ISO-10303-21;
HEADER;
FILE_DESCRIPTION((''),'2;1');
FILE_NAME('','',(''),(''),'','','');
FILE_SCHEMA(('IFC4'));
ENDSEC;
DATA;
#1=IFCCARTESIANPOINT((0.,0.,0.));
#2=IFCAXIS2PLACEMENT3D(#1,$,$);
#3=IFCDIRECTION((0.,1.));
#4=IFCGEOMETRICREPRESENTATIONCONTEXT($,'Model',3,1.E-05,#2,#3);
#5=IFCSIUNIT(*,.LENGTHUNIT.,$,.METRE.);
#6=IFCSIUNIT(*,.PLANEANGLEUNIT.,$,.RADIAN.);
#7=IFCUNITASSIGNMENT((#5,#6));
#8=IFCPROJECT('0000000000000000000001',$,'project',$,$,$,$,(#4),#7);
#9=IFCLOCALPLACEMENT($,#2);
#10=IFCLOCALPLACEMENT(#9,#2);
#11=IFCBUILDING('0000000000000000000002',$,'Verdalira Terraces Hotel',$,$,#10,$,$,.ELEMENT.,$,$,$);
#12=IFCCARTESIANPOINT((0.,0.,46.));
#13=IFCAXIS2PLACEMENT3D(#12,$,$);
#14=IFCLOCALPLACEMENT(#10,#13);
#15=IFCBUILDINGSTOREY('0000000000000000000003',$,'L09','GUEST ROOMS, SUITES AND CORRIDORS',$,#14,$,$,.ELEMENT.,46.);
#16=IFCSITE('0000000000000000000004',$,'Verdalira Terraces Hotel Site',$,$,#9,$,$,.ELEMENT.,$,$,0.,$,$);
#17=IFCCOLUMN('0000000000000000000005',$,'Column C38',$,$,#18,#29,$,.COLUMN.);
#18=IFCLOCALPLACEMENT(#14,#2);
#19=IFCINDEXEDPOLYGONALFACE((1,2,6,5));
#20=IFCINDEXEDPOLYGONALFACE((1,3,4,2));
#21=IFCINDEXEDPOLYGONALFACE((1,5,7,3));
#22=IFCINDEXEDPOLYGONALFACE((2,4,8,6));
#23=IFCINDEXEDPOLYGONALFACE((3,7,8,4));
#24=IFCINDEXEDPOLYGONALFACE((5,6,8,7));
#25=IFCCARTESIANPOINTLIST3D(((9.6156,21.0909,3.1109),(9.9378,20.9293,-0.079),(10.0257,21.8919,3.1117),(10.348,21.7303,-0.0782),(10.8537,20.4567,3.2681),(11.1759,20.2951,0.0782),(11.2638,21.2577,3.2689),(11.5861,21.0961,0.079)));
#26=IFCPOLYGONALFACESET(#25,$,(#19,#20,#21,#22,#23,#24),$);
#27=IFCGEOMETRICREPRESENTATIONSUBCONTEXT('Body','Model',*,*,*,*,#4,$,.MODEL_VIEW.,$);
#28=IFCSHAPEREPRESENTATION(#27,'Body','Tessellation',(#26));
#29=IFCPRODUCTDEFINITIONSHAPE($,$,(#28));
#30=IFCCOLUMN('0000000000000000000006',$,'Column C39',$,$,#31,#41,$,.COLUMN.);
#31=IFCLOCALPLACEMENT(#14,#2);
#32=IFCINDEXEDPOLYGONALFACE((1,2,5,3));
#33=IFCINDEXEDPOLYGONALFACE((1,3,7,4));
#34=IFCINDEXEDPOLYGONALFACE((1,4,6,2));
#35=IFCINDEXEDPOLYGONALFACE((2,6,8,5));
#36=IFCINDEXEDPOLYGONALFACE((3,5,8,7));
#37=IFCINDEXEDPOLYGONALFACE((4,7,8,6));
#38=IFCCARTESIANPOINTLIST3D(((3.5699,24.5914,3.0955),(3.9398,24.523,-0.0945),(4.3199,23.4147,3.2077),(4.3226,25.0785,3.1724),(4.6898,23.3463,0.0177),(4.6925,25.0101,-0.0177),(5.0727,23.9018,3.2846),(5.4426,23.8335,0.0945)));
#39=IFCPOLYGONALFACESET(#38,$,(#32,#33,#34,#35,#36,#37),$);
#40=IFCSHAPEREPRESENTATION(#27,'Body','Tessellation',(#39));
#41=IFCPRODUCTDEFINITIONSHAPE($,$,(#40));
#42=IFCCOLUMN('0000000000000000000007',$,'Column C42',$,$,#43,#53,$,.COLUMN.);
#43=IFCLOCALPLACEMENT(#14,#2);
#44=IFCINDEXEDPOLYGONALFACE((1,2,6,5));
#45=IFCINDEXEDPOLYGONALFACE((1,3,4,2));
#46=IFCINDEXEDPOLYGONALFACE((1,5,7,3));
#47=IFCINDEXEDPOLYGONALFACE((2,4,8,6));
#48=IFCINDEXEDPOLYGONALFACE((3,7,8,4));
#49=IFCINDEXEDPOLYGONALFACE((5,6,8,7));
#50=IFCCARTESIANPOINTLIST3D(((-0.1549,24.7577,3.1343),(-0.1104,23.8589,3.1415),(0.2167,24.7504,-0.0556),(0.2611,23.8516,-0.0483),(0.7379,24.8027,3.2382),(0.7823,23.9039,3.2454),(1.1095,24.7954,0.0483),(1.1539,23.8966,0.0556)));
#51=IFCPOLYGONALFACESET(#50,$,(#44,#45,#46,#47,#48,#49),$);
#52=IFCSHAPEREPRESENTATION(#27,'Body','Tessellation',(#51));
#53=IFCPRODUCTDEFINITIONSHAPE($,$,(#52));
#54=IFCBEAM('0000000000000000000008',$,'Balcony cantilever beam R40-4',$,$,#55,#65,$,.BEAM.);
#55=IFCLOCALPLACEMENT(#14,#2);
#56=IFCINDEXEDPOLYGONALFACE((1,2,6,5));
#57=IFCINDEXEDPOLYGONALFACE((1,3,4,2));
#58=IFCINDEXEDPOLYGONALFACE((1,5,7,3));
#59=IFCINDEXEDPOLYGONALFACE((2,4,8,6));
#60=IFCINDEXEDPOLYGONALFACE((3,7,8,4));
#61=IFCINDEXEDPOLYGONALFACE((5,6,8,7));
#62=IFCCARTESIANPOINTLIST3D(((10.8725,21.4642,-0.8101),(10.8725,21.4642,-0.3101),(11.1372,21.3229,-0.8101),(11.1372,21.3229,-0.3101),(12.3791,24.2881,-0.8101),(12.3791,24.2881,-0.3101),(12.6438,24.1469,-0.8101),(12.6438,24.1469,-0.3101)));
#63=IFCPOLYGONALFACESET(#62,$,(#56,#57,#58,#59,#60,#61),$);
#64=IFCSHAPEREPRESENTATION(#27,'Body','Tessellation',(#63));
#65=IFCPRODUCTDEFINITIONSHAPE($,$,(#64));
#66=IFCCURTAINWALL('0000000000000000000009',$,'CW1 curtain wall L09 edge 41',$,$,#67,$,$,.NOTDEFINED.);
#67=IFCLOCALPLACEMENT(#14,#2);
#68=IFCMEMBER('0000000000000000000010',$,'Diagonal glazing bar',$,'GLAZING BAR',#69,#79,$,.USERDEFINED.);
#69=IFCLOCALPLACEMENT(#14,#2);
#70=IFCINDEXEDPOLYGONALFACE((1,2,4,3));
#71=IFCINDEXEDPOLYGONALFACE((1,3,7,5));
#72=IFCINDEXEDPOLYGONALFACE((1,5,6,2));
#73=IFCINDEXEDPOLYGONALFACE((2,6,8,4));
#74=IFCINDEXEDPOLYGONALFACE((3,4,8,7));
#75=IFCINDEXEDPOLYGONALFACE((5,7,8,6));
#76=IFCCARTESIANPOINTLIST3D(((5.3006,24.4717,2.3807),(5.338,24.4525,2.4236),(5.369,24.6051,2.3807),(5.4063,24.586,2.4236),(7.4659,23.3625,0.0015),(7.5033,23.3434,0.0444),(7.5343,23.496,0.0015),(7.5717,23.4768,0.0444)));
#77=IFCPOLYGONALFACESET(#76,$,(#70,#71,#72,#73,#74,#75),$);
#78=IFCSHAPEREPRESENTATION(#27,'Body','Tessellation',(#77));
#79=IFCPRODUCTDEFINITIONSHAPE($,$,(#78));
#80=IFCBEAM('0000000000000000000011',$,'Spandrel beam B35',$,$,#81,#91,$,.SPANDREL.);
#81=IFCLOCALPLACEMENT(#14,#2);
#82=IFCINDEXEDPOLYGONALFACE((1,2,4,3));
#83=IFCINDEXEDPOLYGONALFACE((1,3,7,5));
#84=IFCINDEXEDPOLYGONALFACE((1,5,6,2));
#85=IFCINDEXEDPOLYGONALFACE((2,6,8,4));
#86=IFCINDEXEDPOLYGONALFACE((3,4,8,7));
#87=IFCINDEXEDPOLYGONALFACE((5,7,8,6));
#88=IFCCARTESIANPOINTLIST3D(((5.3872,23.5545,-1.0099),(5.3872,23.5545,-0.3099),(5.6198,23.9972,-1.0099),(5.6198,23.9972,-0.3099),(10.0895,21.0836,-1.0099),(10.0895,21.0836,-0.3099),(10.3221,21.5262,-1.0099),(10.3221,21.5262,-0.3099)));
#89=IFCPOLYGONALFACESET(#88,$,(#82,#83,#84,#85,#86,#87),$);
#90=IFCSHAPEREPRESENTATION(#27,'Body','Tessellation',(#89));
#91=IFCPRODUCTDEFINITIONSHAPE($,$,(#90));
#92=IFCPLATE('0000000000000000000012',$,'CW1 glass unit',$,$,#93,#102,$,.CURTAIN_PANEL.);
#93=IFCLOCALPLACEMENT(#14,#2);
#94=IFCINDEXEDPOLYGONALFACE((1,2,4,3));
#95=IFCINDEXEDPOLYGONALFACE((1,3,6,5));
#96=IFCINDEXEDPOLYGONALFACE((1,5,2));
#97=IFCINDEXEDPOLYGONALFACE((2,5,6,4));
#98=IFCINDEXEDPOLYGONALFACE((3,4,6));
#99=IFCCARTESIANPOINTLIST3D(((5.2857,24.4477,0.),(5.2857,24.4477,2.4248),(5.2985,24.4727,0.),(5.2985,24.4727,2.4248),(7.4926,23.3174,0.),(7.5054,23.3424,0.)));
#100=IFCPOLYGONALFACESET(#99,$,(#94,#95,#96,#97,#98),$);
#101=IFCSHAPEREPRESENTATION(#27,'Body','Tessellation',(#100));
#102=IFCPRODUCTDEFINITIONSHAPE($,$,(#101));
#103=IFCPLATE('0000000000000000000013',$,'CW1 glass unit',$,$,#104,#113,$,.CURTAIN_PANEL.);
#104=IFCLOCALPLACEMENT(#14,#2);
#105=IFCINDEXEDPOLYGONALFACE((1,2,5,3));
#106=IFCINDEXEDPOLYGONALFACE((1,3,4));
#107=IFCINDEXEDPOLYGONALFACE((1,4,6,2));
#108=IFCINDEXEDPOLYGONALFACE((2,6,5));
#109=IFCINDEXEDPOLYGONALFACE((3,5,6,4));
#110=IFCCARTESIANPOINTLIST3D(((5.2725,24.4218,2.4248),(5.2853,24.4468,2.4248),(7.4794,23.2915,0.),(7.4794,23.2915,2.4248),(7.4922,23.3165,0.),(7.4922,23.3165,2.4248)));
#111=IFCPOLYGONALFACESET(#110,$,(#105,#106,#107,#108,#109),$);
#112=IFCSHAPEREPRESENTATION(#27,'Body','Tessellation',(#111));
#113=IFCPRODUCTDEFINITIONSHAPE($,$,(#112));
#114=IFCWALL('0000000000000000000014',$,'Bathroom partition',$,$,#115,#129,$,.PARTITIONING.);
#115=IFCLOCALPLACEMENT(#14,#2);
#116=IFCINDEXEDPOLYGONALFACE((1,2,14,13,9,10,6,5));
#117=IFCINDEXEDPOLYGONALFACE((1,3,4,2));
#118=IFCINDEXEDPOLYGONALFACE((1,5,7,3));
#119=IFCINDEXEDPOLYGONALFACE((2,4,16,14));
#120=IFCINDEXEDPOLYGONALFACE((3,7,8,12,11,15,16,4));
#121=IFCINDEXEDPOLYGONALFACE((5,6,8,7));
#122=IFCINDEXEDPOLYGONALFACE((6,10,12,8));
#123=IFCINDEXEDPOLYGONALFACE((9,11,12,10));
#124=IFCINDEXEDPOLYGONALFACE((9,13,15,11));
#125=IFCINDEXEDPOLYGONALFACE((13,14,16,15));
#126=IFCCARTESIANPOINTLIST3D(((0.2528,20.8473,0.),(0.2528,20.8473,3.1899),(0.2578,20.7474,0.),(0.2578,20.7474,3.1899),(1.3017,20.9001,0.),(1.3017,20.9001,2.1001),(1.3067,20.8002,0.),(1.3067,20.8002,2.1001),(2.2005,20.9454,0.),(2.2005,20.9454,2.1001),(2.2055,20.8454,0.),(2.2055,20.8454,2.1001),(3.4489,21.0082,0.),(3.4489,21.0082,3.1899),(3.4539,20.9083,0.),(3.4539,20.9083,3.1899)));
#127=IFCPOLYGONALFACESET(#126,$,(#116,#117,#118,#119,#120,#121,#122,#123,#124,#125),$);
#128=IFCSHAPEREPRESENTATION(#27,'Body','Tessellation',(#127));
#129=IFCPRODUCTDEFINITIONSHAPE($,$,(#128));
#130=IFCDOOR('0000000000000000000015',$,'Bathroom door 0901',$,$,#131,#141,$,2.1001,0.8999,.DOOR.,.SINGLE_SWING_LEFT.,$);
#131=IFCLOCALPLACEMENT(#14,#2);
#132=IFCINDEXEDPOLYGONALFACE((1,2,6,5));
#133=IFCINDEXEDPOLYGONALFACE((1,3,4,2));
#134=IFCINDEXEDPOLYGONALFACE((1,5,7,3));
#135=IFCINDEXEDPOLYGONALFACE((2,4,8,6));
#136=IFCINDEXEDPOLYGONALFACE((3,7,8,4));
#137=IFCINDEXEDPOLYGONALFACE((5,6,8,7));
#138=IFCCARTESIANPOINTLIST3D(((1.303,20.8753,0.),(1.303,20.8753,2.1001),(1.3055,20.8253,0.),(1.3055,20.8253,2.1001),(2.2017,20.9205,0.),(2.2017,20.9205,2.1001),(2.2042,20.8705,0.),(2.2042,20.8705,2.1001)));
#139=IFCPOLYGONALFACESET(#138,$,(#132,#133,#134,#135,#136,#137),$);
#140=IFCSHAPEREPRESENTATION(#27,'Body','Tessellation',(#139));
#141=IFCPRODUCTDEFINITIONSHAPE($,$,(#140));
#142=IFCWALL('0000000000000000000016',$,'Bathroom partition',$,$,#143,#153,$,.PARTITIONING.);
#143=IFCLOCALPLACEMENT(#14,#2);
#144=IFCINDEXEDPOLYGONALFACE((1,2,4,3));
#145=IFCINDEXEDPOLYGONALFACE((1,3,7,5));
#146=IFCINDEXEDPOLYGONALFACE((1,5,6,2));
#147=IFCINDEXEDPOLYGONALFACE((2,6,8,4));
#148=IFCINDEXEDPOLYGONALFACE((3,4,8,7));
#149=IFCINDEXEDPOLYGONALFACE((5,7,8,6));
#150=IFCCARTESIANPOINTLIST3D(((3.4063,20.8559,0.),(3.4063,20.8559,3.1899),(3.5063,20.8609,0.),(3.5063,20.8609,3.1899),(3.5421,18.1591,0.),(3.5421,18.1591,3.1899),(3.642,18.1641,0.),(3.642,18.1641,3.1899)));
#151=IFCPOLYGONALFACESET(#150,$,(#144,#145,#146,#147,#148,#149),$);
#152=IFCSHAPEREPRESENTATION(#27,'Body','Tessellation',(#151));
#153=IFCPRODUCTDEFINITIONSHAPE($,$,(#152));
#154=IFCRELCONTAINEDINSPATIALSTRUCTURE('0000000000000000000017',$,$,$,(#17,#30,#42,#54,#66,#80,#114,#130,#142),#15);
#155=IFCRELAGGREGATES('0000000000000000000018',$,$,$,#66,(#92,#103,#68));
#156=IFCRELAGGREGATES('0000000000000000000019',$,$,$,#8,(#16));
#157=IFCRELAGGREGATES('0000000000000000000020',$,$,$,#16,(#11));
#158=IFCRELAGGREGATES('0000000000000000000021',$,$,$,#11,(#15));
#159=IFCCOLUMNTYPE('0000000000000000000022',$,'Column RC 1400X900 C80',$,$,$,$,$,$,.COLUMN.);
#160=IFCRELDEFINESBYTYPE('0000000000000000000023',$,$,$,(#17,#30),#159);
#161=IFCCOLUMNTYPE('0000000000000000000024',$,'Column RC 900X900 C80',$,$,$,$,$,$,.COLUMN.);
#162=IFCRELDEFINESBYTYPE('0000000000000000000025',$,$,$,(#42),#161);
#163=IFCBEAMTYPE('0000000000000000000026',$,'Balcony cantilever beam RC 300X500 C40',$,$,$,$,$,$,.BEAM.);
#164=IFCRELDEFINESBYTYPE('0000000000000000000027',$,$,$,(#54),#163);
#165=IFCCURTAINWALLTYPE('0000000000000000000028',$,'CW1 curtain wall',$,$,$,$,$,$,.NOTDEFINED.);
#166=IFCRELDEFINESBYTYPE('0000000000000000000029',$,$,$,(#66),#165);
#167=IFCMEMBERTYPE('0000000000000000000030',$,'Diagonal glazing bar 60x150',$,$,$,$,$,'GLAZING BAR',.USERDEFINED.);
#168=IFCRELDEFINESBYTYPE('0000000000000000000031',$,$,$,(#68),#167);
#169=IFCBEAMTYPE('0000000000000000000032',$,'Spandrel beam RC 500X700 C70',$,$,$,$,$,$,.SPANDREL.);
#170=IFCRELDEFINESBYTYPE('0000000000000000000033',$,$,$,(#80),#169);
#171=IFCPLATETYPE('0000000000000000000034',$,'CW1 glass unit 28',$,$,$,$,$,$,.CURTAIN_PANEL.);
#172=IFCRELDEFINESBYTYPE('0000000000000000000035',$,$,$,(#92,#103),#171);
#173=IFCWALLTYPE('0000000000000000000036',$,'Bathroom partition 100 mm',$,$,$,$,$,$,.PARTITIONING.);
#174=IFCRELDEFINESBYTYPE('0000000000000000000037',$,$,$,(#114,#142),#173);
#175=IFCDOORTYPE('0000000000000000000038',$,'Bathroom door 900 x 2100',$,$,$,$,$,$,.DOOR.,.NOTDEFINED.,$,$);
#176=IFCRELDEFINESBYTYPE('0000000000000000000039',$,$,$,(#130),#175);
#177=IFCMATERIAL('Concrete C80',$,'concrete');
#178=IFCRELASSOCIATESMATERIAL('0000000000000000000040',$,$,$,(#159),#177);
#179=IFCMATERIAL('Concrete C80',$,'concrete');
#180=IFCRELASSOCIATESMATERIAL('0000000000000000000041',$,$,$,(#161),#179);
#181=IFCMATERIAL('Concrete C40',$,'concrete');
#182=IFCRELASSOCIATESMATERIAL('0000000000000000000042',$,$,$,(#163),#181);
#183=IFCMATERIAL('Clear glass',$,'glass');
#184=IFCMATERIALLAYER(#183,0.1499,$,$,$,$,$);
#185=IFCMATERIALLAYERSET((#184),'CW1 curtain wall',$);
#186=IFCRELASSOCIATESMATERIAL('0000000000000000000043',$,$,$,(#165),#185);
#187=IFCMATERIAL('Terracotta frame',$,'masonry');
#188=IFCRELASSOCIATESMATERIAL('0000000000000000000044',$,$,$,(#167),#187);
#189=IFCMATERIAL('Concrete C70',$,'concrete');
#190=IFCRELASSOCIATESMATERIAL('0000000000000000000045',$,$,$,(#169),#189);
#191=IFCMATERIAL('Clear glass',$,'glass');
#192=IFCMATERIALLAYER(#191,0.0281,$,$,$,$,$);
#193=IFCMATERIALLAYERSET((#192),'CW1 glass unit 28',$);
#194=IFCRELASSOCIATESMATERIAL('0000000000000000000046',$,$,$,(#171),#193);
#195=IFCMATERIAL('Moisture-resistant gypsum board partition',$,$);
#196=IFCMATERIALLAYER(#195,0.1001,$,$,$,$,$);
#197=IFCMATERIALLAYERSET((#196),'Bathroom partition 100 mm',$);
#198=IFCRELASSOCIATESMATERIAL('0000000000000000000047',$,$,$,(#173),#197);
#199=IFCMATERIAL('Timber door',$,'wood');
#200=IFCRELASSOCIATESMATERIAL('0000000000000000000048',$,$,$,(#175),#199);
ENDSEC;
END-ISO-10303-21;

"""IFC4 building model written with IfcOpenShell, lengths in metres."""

from ifc_helpers import new_model, si_unit, direction, frame, frame_2d, origin, origin_2d, place, context, subcontext, project, spatial, polyline, rectangle, outline, extrude, material, layer, layer_set, material_profile, profile_set, type_object, element, fill, aggregate, save


model = new_model("IFC4")

# Units and contexts
model_context = context("Model", 3, precision=1e-05, world=origin(), true_north=direction((0.0, 1.0)))
body_context = subcontext(model_context, "Body", "Model", "MODEL_VIEW")
ifc_project = project(units=[si_unit("LENGTHUNIT", "METRE"), si_unit("PLANEANGLEUNIT", "RADIAN")], contexts=[model_context])

# Site, building, storey
site_placement = place(None, origin())
site = spatial("IfcSite", under=ifc_project, at=site_placement, Name="Verdalira Terraces Hotel Site", CompositionType="ELEMENT", RefElevation=0.0)
building_placement = place(site_placement, origin())
building = spatial("IfcBuilding", under=site, at=building_placement, Name="Verdalira Terraces Hotel", CompositionType="ELEMENT")
storey_placement = place(building_placement, frame((0.0, 0.0, 46.0)))
storey = spatial("IfcBuildingStorey", under=building, at=storey_placement, Name="L09", Description="GUEST ROOMS, SUITES AND CORRIDORS", CompositionType="ELEMENT", Elevation=46.0)

# Columns
ifc_material_1 = material(Name="Concrete C80", Category="concrete")
ifc_material_profile_1 = material_profile(ifc_material_1, rectangle(XDim=1.3999, YDim=0.8999, at=origin_2d()), Name="RC 1400X900")
ifc_profile_set_1 = profile_set([ifc_material_profile_1], Name="Concrete C80")
column_type_1 = type_object("IfcColumnType", Name="Column RC 1400X900 C80", PredefinedType="COLUMN", material=ifc_profile_set_1)
column_1_placement = place(storey_placement, frame((10.762, 21.0127, 0.0), z_axis=(-0.100386, 0.050345, 0.993674), x_axis=(-0.884419, 0.452982, -0.1123)))
element("IfcColumn", 1, at=column_1_placement, inside=storey, type_object=column_type_1, Name="Column C38", PredefinedType="COLUMN", context=body_context, shape_type="SweptSolid", body=[
    extrude(rectangle(XDim=1.3999, YDim=0.8999, at=origin_2d()), origin(), (0.0, 0.0, 1.0), 3.2102),
])
column_2_placement = place(storey_placement, frame((4.6912, 24.1782, 0.0), z_axis=(-0.115152, 0.021282, 0.99312), x_axis=(0.535783, -0.840544, 0.080136)))
element("IfcColumn", 2, at=column_2_placement, inside=storey, type_object=column_type_1, Name="Column C39", PredefinedType="COLUMN", context=body_context, shape_type="SweptSolid", body=[
    extrude(rectangle(XDim=1.3999, YDim=0.8999, at=origin_2d()), origin(), (0.0, 0.0, 1.0), 3.2122),
])
ifc_material_2 = material(Name="Concrete C80", Category="concrete")
ifc_material_profile_2 = material_profile(ifc_material_2, rectangle(XDim=0.8999, YDim=0.8999, at=origin_2d()), Name="RC 900X900")
ifc_profile_set_2 = profile_set([ifc_material_profile_2], Name="Concrete C80")
column_type_2 = type_object("IfcColumnType", Name="Column RC 900X900 C80", PredefinedType="COLUMN", material=ifc_profile_set_2)
column_3_placement = place(storey_placement, frame((0.6853, 24.3235, 0.0), z_axis=(-0.115703, 0.002281, 0.993281), x_axis=(-0.049385, 0.998747, -0.008046)))
element("IfcColumn", 3, at=column_3_placement, inside=storey, type_object=column_type_2, Name="Column C42", PredefinedType="COLUMN", context=body_context, shape_type="SweptSolid", body=[
    extrude(rectangle(XDim=0.8999, YDim=0.8999, at=origin_2d()), origin(), (0.0, 0.0, 1.0), 3.2114),
])

# Beam
ifc_material_3 = material(Name="Concrete C40", Category="concrete")
ifc_material_profile_3 = material_profile(ifc_material_3, rectangle(XDim=0.3, YDim=0.5, at=origin_2d()), Name="RC 300X500")
ifc_profile_set_3 = profile_set([ifc_material_profile_3], Name="Concrete C40")
beam_type_1 = type_object("IfcBeamType", Name="Balcony cantilever beam RC 300X500 C40", PredefinedType="BEAM", material=ifc_profile_set_3)
beam_1_placement = place(storey_placement, frame((11.0049, 21.3936, -0.5601), z_axis=(0.470703, 0.882292, 0.0), x_axis=(-0.882292, 0.470703, 0.0)))
element("IfcBeam", 4, at=beam_1_placement, inside=storey, type_object=beam_type_1, Name="Balcony cantilever beam R40-4", PredefinedType="BEAM", context=body_context, shape_type="SweptSolid", body=[
    extrude(rectangle(XDim=0.3, YDim=0.5, at=origin_2d()), origin(), (0.0, 0.0, 1.0), 3.2007),
])

# Curtain wall, member
ifc_material_4 = material(Name="Clear glass", Category="glass")
ifc_layer_1 = layer(ifc_material_4, 0.1499)
ifc_layer_set_1 = layer_set([ifc_layer_1], Name="CW1 curtain wall")
curtain_wall_type = type_object("IfcCurtainWallType", Name="CW1 curtain wall", PredefinedType="NOTDEFINED", material=ifc_layer_set_1)
curtain_wall_placement = place(storey_placement, origin())
curtain_wall = element("IfcCurtainWall", 5, at=curtain_wall_placement, inside=storey, type_object=curtain_wall_type, Name="CW1 curtain wall L09 edge 41", PredefinedType="NOTDEFINED")
ifc_material_5 = material(Name="Terracotta frame", Category="masonry")
ifc_material_profile_4 = material_profile(ifc_material_5, rectangle(XDim=0.1499, YDim=0.0601, at=origin_2d()), Name="GB 60x150")
ifc_profile_set_4 = profile_set([ifc_material_profile_4], Name="Terracotta frame")
member_type = type_object("IfcMemberType", Name="Diagonal glazing bar 60x150", ElementType="GLAZING BAR", PredefinedType="USERDEFINED", material=ifc_profile_set_4)
member_placement = place(storey_placement, frame((7.5188, 23.4197, 0.0229), z_axis=(-0.636326, 0.325947, 0.699176), x_axis=(-0.455903, -0.890029, 0.0)))
member = element("IfcMember", 6, at=member_placement, type_object=member_type, Name="Diagonal glazing bar", ObjectType="GLAZING BAR", PredefinedType="USERDEFINED", context=body_context, shape_type="SweptSolid", body=[
    extrude(rectangle(XDim=0.1499, YDim=0.0601, at=origin_2d()), origin(), (0.0, 0.0, 1.0), 3.4028),
])

# Beam
ifc_material_6 = material(Name="Concrete C70", Category="concrete")
ifc_material_profile_5 = material_profile(ifc_material_6, rectangle(XDim=0.5, YDim=0.7, at=origin_2d()), Name="RC 500X700")
ifc_profile_set_5 = profile_set([ifc_material_profile_5], Name="Concrete C70")
beam_type_2 = type_object("IfcBeamType", Name="Spandrel beam RC 500X700 C70", PredefinedType="SPANDREL", material=ifc_profile_set_5)
beam_2_placement = place(storey_placement, frame((10.2058, 21.3049, -0.6599), z_axis=(-0.885228, 0.465157, 0.0), x_axis=(-0.465157, -0.885228, 0.0)))
element("IfcBeam", 7, at=beam_2_placement, inside=storey, type_object=beam_type_2, Name="Spandrel beam B35", PredefinedType="SPANDREL", context=body_context, shape_type="SweptSolid", body=[
    extrude(rectangle(XDim=0.5, YDim=0.7, at=origin_2d()), origin(), (0.0, 0.0, 1.0), 5.312),
])

# Plates
ifc_material_7 = material(Name="Clear glass", Category="glass")
ifc_layer_2 = layer(ifc_material_7, 0.0281)
ifc_layer_set_2 = layer_set([ifc_layer_2], Name="CW1 glass unit 28")
plate_type = type_object("IfcPlateType", Name="CW1 glass unit 28", PredefinedType="CURTAIN_PANEL", material=ifc_layer_set_2)
plate_1_placement = place(storey_placement, frame((6.3892, 23.8826, 1.2124), z_axis=(0.455856, 0.890054, 0.0), x_axis=(-0.890054, 0.455856, 0.0)))
plate_1 = element("IfcPlate", 8, at=plate_1_placement, type_object=plate_type, Name="CW1 glass unit", PredefinedType="CURTAIN_PANEL", context=body_context, shape_type="SweptSolid", body=[
    extrude(outline(polyline([(-1.2397, -1.2124), (1.2397, -1.2124), (1.2397, 1.2124), (-1.2397, -1.2124)])), origin(), (0.0, 0.0, 1.0), 0.0281),
])
plate_2_placement = place(storey_placement, frame((6.376, 23.8567, 1.2124), z_axis=(0.455856, 0.890054, 0.0), x_axis=(-0.890054, 0.455856, 0.0)))
plate_2 = element("IfcPlate", 9, at=plate_2_placement, type_object=plate_type, Name="CW1 glass unit", PredefinedType="CURTAIN_PANEL", context=body_context, shape_type="SweptSolid", body=[
    extrude(outline(polyline([(-1.2397, -1.2124), (1.2397, 1.2124), (-1.2397, 1.2124), (-1.2397, -1.2124)])), origin(), (0.0, 0.0, 1.0), 0.0281),
])
aggregate(curtain_wall, [plate_1, plate_2, member])

# Wall, opening, door
ifc_material_8 = material(Name="Moisture-resistant gypsum board partition")
ifc_layer_3 = layer(ifc_material_8, 0.1001)
ifc_layer_set_3 = layer_set([ifc_layer_3], Name="Bathroom partition 100 mm")
wall_type_1 = type_object("IfcWallType", Name="Bathroom partition 100 mm", PredefinedType="PARTITIONING", material=ifc_layer_set_3)
wall_1_placement = place(storey_placement, frame((3.4514, 20.9583, 0.0), z_axis=(0.0, 0.0, 1.0), x_axis=(-0.998735, -0.050276, 0.0)))
wall_1 = element("IfcWall", 10, at=wall_1_placement, inside=storey, type_object=wall_type_1, Name="Bathroom partition", PredefinedType="PARTITIONING", context=body_context, shape_type="SweptSolid", body=[
    extrude(rectangle(XDim=3.2002, YDim=0.1001, at=frame_2d((1.6001, 0.0))), origin(), (0.0, 0.0, 1.0), 3.1899),
])
opening_1_placement = place(wall_1_placement, frame((1.25, 0.0, 0.0)))
opening_1 = element("IfcOpeningElement", 11, at=opening_1_placement, cuts=wall_1, PredefinedType="OPENING", context=body_context, shape_type="SweptSolid", body=[
    extrude(rectangle(XDim=0.8999, YDim=2.1001, at=frame_2d((0.45, 1.05))), frame((0.0, 0.0601, 0.0), z_axis=(0.0, -1.0, 0.0), x_axis=(1.0, 0.0, 0.0)), (0.0, 0.0, 1.0), 0.1201),
])
ifc_material_9 = material(Name="Timber door", Category="wood")
door_type_1 = type_object("IfcDoorType", Name="Bathroom door 900 x 2100", OperationType="NOTDEFINED", PredefinedType="DOOR", material=ifc_material_9)
door_1_placement = place(opening_1_placement, origin())
door_1 = element("IfcDoor", 12, at=door_1_placement, inside=storey, type_object=door_type_1, Name="Bathroom door 0901", OperationType="SINGLE_SWING_LEFT", OverallHeight=2.1001, OverallWidth=0.8999, PredefinedType="DOOR", context=body_context, shape_type="SweptSolid", body=[
    extrude(rectangle(XDim=0.8999, YDim=2.1001, at=frame_2d((0.45, 1.05))), frame((0.0, 0.0249, 0.0), z_axis=(0.0, -1.0, 0.0), x_axis=(1.0, 0.0, 0.0)), (0.0, 0.0, 1.0), 0.05),
])
fill(opening_1, door_1)

# Wall
wall_2_placement = place(storey_placement, frame((3.4563, 20.8584, 0.0), z_axis=(0.0, 0.0, 1.0), x_axis=(0.050271, -0.998736, 0.0)))
element("IfcWall", 13, at=wall_2_placement, inside=storey, type_object=wall_type_1, Name="Bathroom partition", PredefinedType="PARTITIONING", context=body_context, shape_type="SweptSolid", body=[
    extrude(rectangle(XDim=2.7002, YDim=0.1001, at=frame_2d((1.3501, 0.0))), origin(), (0.0, 0.0, 1.0), 3.1899),
])

save(model, "model.ifc")
